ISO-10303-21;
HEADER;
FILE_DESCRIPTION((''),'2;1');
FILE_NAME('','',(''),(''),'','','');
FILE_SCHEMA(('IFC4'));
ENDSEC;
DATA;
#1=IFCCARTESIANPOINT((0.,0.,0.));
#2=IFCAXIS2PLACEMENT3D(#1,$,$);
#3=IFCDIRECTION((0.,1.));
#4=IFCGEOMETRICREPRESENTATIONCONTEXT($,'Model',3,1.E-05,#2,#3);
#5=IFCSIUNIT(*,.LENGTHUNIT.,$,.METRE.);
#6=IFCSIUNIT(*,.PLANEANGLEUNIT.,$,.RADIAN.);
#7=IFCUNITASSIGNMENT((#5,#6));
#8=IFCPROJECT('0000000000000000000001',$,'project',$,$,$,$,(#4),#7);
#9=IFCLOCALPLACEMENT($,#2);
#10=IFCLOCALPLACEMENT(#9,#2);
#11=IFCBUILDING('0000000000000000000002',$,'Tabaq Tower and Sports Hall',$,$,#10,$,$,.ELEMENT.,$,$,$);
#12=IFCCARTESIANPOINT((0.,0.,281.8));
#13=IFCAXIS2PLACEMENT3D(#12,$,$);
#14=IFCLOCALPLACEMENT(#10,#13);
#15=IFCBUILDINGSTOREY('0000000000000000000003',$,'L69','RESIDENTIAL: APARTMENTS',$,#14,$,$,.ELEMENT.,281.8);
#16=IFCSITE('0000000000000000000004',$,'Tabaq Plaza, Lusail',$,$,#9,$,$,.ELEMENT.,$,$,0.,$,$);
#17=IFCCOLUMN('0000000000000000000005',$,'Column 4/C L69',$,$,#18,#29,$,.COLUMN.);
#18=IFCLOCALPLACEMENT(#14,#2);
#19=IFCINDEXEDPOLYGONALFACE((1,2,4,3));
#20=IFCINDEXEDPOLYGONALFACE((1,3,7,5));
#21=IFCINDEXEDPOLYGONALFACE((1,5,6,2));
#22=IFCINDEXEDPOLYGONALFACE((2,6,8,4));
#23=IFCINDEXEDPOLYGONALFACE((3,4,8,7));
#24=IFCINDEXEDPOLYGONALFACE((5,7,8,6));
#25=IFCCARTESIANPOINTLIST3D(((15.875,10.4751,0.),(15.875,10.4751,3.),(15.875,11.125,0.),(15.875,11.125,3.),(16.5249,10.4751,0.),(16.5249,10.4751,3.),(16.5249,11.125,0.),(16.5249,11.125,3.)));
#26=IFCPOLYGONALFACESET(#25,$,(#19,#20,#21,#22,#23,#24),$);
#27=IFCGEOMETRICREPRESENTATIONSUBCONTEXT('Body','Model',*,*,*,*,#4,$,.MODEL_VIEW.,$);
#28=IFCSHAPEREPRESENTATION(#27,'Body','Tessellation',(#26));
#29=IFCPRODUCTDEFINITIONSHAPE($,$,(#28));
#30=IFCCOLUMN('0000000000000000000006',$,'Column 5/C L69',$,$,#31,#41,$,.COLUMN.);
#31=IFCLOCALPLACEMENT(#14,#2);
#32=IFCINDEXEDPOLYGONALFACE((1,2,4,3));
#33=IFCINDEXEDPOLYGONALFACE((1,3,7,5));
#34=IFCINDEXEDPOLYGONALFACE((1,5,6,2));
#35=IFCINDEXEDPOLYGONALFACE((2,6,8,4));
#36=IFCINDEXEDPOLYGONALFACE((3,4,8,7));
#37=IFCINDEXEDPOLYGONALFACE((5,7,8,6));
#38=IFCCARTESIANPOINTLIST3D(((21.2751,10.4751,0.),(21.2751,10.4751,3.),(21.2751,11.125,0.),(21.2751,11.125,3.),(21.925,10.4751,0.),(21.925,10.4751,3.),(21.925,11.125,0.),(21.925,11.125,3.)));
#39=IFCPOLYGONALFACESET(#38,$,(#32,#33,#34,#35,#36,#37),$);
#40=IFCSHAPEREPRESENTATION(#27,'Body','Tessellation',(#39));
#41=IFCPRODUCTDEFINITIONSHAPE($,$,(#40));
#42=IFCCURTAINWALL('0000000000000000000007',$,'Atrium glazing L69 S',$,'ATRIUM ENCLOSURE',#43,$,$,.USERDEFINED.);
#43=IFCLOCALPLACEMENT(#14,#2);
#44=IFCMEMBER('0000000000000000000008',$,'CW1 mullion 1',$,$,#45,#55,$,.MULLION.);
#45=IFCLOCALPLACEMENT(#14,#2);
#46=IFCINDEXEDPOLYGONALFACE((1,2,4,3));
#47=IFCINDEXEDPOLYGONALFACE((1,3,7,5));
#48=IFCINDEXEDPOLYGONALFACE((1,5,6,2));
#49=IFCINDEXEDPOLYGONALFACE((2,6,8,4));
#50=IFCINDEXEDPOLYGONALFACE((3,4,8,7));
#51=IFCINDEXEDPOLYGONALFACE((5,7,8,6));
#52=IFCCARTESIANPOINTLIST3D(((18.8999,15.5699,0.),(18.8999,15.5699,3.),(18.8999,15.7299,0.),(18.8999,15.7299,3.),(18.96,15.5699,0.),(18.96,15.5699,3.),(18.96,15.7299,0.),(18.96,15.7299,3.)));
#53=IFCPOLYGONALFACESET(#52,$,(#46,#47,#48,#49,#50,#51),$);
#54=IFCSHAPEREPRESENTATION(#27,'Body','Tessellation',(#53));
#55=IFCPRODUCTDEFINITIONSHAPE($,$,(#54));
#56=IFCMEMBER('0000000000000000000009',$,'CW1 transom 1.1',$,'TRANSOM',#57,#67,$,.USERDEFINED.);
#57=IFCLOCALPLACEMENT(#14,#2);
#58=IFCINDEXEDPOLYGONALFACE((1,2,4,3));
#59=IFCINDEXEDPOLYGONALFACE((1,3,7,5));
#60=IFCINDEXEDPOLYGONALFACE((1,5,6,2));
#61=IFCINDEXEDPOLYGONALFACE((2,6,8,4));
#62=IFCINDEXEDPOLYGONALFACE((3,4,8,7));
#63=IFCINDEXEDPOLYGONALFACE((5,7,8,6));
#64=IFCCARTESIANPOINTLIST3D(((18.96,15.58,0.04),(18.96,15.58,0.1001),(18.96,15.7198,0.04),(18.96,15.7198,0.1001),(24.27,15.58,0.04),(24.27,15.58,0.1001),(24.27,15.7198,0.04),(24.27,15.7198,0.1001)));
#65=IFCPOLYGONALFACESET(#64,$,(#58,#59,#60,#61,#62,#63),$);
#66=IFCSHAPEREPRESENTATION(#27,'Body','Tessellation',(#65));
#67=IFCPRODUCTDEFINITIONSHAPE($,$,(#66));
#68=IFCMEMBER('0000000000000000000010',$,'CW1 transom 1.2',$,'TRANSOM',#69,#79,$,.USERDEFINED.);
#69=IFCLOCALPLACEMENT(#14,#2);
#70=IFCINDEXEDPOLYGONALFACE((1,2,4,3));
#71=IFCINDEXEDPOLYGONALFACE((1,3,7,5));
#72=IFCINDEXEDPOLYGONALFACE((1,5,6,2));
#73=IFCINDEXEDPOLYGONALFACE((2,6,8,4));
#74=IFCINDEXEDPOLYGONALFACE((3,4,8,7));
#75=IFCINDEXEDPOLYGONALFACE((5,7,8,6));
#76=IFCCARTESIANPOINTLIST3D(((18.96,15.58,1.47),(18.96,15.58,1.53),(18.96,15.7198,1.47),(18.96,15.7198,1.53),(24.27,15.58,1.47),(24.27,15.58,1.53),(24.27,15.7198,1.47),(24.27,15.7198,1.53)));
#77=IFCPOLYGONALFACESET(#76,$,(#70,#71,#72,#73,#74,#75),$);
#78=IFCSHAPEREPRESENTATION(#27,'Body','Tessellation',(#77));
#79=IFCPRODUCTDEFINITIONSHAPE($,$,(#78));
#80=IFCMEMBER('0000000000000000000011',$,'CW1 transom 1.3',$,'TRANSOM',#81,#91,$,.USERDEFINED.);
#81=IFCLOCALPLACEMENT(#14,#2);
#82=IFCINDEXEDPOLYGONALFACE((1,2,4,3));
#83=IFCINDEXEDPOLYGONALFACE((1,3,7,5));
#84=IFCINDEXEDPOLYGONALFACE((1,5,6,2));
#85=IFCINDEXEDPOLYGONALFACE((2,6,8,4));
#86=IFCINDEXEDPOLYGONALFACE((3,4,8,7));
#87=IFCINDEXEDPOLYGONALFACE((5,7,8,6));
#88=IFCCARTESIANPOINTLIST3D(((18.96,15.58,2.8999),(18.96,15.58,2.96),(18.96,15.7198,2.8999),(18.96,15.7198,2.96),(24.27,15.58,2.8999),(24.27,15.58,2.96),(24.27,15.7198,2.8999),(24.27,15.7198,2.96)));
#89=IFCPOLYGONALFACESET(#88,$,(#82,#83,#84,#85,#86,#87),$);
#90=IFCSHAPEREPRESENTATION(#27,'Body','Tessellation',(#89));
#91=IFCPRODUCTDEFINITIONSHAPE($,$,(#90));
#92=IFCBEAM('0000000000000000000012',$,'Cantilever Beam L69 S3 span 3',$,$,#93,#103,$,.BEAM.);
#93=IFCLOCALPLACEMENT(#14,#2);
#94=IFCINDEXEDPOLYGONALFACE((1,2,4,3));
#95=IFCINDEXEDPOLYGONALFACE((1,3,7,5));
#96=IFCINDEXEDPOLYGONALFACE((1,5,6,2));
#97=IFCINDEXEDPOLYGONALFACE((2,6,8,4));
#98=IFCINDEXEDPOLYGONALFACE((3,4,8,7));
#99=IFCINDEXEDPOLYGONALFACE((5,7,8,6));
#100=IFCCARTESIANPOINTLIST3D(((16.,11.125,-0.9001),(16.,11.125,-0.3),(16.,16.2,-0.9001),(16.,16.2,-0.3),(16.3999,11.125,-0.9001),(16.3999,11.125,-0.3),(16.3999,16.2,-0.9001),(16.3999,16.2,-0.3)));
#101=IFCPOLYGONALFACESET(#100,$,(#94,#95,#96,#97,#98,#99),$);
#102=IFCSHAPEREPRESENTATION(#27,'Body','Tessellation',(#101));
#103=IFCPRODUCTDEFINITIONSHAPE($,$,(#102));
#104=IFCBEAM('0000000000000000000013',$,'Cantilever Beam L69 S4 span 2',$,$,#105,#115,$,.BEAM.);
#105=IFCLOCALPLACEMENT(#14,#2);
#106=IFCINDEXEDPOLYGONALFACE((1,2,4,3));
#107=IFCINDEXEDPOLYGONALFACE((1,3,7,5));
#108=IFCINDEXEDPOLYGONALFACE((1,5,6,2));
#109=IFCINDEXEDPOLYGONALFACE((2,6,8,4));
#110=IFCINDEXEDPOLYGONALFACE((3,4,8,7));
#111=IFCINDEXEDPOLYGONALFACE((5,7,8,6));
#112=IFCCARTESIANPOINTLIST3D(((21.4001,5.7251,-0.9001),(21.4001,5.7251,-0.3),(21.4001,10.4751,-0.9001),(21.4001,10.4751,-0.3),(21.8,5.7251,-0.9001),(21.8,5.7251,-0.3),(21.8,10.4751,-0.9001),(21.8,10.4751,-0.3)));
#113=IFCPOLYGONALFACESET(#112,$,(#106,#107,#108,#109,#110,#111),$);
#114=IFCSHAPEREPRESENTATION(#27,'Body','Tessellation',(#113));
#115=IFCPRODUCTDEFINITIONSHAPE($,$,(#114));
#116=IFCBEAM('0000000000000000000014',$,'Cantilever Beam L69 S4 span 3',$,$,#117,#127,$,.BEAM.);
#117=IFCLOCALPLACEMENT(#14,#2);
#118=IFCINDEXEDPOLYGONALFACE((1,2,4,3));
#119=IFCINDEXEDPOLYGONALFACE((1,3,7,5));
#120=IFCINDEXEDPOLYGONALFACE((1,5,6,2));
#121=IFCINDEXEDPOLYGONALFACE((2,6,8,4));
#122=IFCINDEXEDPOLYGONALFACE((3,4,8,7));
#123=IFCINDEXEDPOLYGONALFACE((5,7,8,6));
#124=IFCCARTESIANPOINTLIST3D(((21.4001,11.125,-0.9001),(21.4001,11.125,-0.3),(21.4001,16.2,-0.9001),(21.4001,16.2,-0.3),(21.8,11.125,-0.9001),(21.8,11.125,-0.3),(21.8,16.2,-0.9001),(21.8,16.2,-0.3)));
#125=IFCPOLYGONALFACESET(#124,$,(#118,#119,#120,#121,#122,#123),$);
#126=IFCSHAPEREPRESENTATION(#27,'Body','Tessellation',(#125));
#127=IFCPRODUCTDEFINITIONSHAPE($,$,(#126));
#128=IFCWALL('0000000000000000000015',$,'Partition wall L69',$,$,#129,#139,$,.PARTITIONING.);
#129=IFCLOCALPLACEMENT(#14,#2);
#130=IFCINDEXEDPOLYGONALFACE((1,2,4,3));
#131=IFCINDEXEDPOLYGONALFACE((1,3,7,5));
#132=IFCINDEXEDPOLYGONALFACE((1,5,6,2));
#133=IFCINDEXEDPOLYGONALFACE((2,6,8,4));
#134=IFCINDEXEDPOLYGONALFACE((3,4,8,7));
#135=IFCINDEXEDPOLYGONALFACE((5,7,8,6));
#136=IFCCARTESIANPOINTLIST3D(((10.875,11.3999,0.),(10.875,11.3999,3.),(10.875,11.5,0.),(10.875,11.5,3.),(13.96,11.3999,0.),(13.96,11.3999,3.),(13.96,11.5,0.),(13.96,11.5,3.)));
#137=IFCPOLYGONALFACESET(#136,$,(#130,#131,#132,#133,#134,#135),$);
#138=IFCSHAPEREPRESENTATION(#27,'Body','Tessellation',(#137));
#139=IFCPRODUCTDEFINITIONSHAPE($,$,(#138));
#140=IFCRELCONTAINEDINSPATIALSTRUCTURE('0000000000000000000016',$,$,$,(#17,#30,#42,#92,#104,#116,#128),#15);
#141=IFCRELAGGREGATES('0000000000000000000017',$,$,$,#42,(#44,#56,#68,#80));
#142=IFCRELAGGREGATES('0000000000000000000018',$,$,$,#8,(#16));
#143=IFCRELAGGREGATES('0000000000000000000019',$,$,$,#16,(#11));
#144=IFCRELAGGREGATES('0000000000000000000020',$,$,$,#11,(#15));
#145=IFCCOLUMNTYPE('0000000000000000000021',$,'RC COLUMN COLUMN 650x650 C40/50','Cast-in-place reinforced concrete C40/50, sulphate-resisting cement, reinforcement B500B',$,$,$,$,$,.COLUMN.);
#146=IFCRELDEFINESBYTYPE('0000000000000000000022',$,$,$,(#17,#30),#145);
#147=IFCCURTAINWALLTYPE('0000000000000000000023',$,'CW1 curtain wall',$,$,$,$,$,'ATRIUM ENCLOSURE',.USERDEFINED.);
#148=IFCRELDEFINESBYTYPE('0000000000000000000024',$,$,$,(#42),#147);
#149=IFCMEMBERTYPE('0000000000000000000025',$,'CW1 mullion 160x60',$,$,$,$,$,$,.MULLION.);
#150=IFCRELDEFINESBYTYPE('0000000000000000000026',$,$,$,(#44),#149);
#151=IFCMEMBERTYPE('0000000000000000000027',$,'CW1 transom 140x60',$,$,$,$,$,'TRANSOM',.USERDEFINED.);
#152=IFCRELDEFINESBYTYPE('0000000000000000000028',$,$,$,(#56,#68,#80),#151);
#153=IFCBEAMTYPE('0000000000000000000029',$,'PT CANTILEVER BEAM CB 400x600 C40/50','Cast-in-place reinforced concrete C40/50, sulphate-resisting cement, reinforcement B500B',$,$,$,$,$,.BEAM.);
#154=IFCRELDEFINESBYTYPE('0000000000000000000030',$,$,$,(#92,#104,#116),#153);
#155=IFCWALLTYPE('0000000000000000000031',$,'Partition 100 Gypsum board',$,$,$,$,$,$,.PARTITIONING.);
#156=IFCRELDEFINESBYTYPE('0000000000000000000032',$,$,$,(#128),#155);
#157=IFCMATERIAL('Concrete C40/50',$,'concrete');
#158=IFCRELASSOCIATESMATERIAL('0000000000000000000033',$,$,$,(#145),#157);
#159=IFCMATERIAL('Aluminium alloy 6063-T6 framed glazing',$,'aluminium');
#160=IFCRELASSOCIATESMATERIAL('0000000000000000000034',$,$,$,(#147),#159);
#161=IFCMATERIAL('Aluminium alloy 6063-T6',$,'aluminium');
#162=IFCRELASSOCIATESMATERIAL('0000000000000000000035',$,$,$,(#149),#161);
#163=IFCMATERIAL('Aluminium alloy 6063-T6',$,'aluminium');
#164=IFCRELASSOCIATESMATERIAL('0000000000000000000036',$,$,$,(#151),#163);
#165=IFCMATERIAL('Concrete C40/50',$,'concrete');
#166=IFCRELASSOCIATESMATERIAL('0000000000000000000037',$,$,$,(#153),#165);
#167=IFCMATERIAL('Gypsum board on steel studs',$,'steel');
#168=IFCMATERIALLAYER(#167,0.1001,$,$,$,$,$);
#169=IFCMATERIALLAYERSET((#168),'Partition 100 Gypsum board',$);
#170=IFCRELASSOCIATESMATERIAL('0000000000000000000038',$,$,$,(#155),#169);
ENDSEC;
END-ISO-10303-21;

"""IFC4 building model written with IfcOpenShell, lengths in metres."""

from ifc_helpers import new_model, si_unit, direction, frame, frame_2d, origin, origin_2d, place, context, subcontext, project, spatial, rectangle, extrude, material, layer, layer_set, material_profile, profile_set, type_object, element, aggregate, save


model = new_model("IFC4")

# Units and contexts
model_context = context("Model", 3, precision=1e-05, world=origin(), true_north=direction((0.0, 1.0)))
body_context = subcontext(model_context, "Body", "Model", "MODEL_VIEW")
ifc_project = project(units=[si_unit("LENGTHUNIT", "METRE"), si_unit("PLANEANGLEUNIT", "RADIAN")], contexts=[model_context])

# Site, building, storey
site_placement = place(None, origin())
site = spatial("IfcSite", under=ifc_project, at=site_placement, Name="Tabaq Plaza, Lusail", CompositionType="ELEMENT", RefElevation=0.0)
building_placement = place(site_placement, origin())
building = spatial("IfcBuilding", under=site, at=building_placement, Name="Tabaq Tower and Sports Hall", CompositionType="ELEMENT")
storey_placement = place(building_placement, frame((0.0, 0.0, 281.8)))
storey = spatial("IfcBuildingStorey", under=building, at=storey_placement, Name="L69", Description="RESIDENTIAL: APARTMENTS", CompositionType="ELEMENT", Elevation=281.8)

# Columns
ifc_material_1 = material(Name="Concrete C40/50", Category="concrete")
ifc_material_profile_1 = material_profile(ifc_material_1, rectangle(XDim=0.6499, YDim=0.6499, at=origin_2d()), Name="COLUMN 650x650")
ifc_profile_set_1 = profile_set([ifc_material_profile_1], Name="Concrete C40/50")
column_type = type_object("IfcColumnType", Name="RC COLUMN COLUMN 650x650 C40/50", Description="Cast-in-place reinforced concrete C40/50, sulphate-resisting cement, reinforcement B500B", PredefinedType="COLUMN", material=ifc_profile_set_1)
for number, where, z_axis, x_axis, name in (
    (1, (16.2, 10.8, 0.0), (0.0, 0.0, 1.0), (1.0, 0.0, 0.0), "Column 4/C L69"),
    (2, (21.6001, 10.8, 0.0), (0.0, 0.0, 1.0), (1.0, 0.0, 0.0), "Column 5/C L69"),
):
    element("IfcColumn", number, at=place(storey_placement, frame(where, z_axis=z_axis, x_axis=x_axis)), inside=storey, type_object=column_type, Name=name, PredefinedType="COLUMN", context=body_context, shape_type="SweptSolid", body=[
        extrude(rectangle(XDim=0.6499, YDim=0.6499, at=origin_2d()), origin(), (0.0, 0.0, 1.0), 3.0),
    ])

# Curtain wall, members
ifc_material_2 = material(Name="Aluminium alloy 6063-T6 framed glazing", Category="aluminium")
curtain_wall_type = type_object("IfcCurtainWallType", Name="CW1 curtain wall", ElementType="ATRIUM ENCLOSURE", PredefinedType="USERDEFINED", material=ifc_material_2)
curtain_wall_placement = place(storey_placement, origin())
curtain_wall = element("IfcCurtainWall", 3, at=curtain_wall_placement, inside=storey, type_object=curtain_wall_type, Name="Atrium glazing L69 S", ObjectType="ATRIUM ENCLOSURE", PredefinedType="USERDEFINED")
ifc_material_3 = material(Name="Aluminium alloy 6063-T6", Category="aluminium")
ifc_material_profile_2 = material_profile(ifc_material_3, rectangle(XDim=0.1599, YDim=0.0601, at=origin_2d()), Name="MULLION 160x60")
ifc_profile_set_2 = profile_set([ifc_material_profile_2], Name="Aluminium alloy 6063-T6")
member_type_1 = type_object("IfcMemberType", Name="CW1 mullion 160x60", PredefinedType="MULLION", material=ifc_profile_set_2)
member_1_placement = place(storey_placement, frame((18.9299, 15.6499, 0.0), z_axis=(0.0, 0.0, 1.0), x_axis=(0.0, 1.0, 0.0)))
member_1 = element("IfcMember", 4, at=member_1_placement, type_object=member_type_1, Name="CW1 mullion 1", PredefinedType="MULLION", context=body_context, shape_type="SweptSolid", body=[
    extrude(rectangle(XDim=0.1599, YDim=0.0601, at=origin_2d()), origin(), (0.0, 0.0, 1.0), 3.0),
])
ifc_material_4 = material(Name="Aluminium alloy 6063-T6", Category="aluminium")
ifc_material_profile_3 = material_profile(ifc_material_4, rectangle(XDim=0.1399, YDim=0.0601, at=origin_2d()), Name="TRANSOM 140x60")
ifc_profile_set_3 = profile_set([ifc_material_profile_3], Name="Aluminium alloy 6063-T6")
member_type_2 = type_object("IfcMemberType", Name="CW1 transom 140x60", ElementType="TRANSOM", PredefinedType="USERDEFINED", material=ifc_profile_set_3)
member_2_placement = place(storey_placement, frame((18.96, 15.6499, 0.0701), z_axis=(1.0, 0.0, 0.0), x_axis=(0.0, 1.0, 0.0)))
member_2 = element("IfcMember", 5, at=member_2_placement, type_object=member_type_2, Name="CW1 transom 1.1", ObjectType="TRANSOM", PredefinedType="USERDEFINED", context=body_context, shape_type="SweptSolid", body=[
    extrude(rectangle(XDim=0.1399, YDim=0.0601, at=origin_2d()), origin(), (0.0, 0.0, 1.0), 5.3101),
])
member_3_placement = place(storey_placement, frame((18.96, 15.6499, 1.5), z_axis=(1.0, 0.0, 0.0), x_axis=(0.0, 1.0, 0.0)))
member_3 = element("IfcMember", 6, at=member_3_placement, type_object=member_type_2, Name="CW1 transom 1.2", ObjectType="TRANSOM", PredefinedType="USERDEFINED", context=body_context, shape_type="SweptSolid", body=[
    extrude(rectangle(XDim=0.1399, YDim=0.0601, at=origin_2d()), origin(), (0.0, 0.0, 1.0), 5.3101),
])
member_4_placement = place(storey_placement, frame((18.96, 15.6499, 2.9299), z_axis=(1.0, 0.0, 0.0), x_axis=(0.0, 1.0, 0.0)))
member_4 = element("IfcMember", 7, at=member_4_placement, type_object=member_type_2, Name="CW1 transom 1.3", ObjectType="TRANSOM", PredefinedType="USERDEFINED", context=body_context, shape_type="SweptSolid", body=[
    extrude(rectangle(XDim=0.1399, YDim=0.0601, at=origin_2d()), origin(), (0.0, 0.0, 1.0), 5.3101),
])
aggregate(curtain_wall, [member_1, member_2, member_3, member_4])

# Beams
ifc_material_5 = material(Name="Concrete C40/50", Category="concrete")
ifc_material_profile_4 = material_profile(ifc_material_5, rectangle(XDim=0.3999, YDim=0.6001, at=origin_2d()), Name="CB 400x600")
ifc_profile_set_4 = profile_set([ifc_material_profile_4], Name="Concrete C40/50")
beam_type = type_object("IfcBeamType", Name="PT CANTILEVER BEAM CB 400x600 C40/50", Description="Cast-in-place reinforced concrete C40/50, sulphate-resisting cement, reinforcement B500B", PredefinedType="BEAM", material=ifc_profile_set_4)
beam_1_placement = place(storey_placement, frame((16.2, 11.125, -0.6001), z_axis=(0.0, 1.0, 0.0), x_axis=(-1.0, 0.0, 0.0)))
element("IfcBeam", 8, at=beam_1_placement, inside=storey, type_object=beam_type, Name="Cantilever Beam L69 S3 span 3", PredefinedType="BEAM", context=body_context, shape_type="SweptSolid", body=[
    extrude(rectangle(XDim=0.3999, YDim=0.6001, at=origin_2d()), origin(), (0.0, 0.0, 1.0), 5.075),
])
beam_2_placement = place(storey_placement, frame((21.6001, 5.7251, -0.6001), z_axis=(0.0, 1.0, 0.0), x_axis=(-1.0, 0.0, 0.0)))
element("IfcBeam", 9, at=beam_2_placement, inside=storey, type_object=beam_type, Name="Cantilever Beam L69 S4 span 2", PredefinedType="BEAM", context=body_context, shape_type="SweptSolid", body=[
    extrude(rectangle(XDim=0.3999, YDim=0.6001, at=origin_2d()), origin(), (0.0, 0.0, 1.0), 4.75),
])
beam_3_placement = place(storey_placement, frame((21.6001, 11.125, -0.6001), z_axis=(0.0, 1.0, 0.0), x_axis=(-1.0, 0.0, 0.0)))
element("IfcBeam", 10, at=beam_3_placement, inside=storey, type_object=beam_type, Name="Cantilever Beam L69 S4 span 3", PredefinedType="BEAM", context=body_context, shape_type="SweptSolid", body=[
    extrude(rectangle(XDim=0.3999, YDim=0.6001, at=origin_2d()), origin(), (0.0, 0.0, 1.0), 5.075),
])

# Wall
ifc_material_6 = material(Name="Gypsum board on steel studs", Category="steel")
ifc_layer_1 = layer(ifc_material_6, 0.1001)
ifc_layer_set_1 = layer_set([ifc_layer_1], Name="Partition 100 Gypsum board")
wall_type_1 = type_object("IfcWallType", Name="Partition 100 Gypsum board", PredefinedType="PARTITIONING", material=ifc_layer_set_1)
wall_1_placement = place(storey_placement, frame((13.96, 11.45, 0.0), z_axis=(0.0, 0.0, 1.0), x_axis=(-1.0, 0.0, 0.0)))
element("IfcWall", 11, at=wall_1_placement, inside=storey, type_object=wall_type_1, Name="Partition wall L69", PredefinedType="PARTITIONING", context=body_context, shape_type="SweptSolid", body=[
    extrude(rectangle(XDim=3.085, YDim=0.1001, at=frame_2d((1.5425, 0.0))), origin(), (0.0, 0.0, 1.0), 3.0),
])

save(model, "model.ifc")
